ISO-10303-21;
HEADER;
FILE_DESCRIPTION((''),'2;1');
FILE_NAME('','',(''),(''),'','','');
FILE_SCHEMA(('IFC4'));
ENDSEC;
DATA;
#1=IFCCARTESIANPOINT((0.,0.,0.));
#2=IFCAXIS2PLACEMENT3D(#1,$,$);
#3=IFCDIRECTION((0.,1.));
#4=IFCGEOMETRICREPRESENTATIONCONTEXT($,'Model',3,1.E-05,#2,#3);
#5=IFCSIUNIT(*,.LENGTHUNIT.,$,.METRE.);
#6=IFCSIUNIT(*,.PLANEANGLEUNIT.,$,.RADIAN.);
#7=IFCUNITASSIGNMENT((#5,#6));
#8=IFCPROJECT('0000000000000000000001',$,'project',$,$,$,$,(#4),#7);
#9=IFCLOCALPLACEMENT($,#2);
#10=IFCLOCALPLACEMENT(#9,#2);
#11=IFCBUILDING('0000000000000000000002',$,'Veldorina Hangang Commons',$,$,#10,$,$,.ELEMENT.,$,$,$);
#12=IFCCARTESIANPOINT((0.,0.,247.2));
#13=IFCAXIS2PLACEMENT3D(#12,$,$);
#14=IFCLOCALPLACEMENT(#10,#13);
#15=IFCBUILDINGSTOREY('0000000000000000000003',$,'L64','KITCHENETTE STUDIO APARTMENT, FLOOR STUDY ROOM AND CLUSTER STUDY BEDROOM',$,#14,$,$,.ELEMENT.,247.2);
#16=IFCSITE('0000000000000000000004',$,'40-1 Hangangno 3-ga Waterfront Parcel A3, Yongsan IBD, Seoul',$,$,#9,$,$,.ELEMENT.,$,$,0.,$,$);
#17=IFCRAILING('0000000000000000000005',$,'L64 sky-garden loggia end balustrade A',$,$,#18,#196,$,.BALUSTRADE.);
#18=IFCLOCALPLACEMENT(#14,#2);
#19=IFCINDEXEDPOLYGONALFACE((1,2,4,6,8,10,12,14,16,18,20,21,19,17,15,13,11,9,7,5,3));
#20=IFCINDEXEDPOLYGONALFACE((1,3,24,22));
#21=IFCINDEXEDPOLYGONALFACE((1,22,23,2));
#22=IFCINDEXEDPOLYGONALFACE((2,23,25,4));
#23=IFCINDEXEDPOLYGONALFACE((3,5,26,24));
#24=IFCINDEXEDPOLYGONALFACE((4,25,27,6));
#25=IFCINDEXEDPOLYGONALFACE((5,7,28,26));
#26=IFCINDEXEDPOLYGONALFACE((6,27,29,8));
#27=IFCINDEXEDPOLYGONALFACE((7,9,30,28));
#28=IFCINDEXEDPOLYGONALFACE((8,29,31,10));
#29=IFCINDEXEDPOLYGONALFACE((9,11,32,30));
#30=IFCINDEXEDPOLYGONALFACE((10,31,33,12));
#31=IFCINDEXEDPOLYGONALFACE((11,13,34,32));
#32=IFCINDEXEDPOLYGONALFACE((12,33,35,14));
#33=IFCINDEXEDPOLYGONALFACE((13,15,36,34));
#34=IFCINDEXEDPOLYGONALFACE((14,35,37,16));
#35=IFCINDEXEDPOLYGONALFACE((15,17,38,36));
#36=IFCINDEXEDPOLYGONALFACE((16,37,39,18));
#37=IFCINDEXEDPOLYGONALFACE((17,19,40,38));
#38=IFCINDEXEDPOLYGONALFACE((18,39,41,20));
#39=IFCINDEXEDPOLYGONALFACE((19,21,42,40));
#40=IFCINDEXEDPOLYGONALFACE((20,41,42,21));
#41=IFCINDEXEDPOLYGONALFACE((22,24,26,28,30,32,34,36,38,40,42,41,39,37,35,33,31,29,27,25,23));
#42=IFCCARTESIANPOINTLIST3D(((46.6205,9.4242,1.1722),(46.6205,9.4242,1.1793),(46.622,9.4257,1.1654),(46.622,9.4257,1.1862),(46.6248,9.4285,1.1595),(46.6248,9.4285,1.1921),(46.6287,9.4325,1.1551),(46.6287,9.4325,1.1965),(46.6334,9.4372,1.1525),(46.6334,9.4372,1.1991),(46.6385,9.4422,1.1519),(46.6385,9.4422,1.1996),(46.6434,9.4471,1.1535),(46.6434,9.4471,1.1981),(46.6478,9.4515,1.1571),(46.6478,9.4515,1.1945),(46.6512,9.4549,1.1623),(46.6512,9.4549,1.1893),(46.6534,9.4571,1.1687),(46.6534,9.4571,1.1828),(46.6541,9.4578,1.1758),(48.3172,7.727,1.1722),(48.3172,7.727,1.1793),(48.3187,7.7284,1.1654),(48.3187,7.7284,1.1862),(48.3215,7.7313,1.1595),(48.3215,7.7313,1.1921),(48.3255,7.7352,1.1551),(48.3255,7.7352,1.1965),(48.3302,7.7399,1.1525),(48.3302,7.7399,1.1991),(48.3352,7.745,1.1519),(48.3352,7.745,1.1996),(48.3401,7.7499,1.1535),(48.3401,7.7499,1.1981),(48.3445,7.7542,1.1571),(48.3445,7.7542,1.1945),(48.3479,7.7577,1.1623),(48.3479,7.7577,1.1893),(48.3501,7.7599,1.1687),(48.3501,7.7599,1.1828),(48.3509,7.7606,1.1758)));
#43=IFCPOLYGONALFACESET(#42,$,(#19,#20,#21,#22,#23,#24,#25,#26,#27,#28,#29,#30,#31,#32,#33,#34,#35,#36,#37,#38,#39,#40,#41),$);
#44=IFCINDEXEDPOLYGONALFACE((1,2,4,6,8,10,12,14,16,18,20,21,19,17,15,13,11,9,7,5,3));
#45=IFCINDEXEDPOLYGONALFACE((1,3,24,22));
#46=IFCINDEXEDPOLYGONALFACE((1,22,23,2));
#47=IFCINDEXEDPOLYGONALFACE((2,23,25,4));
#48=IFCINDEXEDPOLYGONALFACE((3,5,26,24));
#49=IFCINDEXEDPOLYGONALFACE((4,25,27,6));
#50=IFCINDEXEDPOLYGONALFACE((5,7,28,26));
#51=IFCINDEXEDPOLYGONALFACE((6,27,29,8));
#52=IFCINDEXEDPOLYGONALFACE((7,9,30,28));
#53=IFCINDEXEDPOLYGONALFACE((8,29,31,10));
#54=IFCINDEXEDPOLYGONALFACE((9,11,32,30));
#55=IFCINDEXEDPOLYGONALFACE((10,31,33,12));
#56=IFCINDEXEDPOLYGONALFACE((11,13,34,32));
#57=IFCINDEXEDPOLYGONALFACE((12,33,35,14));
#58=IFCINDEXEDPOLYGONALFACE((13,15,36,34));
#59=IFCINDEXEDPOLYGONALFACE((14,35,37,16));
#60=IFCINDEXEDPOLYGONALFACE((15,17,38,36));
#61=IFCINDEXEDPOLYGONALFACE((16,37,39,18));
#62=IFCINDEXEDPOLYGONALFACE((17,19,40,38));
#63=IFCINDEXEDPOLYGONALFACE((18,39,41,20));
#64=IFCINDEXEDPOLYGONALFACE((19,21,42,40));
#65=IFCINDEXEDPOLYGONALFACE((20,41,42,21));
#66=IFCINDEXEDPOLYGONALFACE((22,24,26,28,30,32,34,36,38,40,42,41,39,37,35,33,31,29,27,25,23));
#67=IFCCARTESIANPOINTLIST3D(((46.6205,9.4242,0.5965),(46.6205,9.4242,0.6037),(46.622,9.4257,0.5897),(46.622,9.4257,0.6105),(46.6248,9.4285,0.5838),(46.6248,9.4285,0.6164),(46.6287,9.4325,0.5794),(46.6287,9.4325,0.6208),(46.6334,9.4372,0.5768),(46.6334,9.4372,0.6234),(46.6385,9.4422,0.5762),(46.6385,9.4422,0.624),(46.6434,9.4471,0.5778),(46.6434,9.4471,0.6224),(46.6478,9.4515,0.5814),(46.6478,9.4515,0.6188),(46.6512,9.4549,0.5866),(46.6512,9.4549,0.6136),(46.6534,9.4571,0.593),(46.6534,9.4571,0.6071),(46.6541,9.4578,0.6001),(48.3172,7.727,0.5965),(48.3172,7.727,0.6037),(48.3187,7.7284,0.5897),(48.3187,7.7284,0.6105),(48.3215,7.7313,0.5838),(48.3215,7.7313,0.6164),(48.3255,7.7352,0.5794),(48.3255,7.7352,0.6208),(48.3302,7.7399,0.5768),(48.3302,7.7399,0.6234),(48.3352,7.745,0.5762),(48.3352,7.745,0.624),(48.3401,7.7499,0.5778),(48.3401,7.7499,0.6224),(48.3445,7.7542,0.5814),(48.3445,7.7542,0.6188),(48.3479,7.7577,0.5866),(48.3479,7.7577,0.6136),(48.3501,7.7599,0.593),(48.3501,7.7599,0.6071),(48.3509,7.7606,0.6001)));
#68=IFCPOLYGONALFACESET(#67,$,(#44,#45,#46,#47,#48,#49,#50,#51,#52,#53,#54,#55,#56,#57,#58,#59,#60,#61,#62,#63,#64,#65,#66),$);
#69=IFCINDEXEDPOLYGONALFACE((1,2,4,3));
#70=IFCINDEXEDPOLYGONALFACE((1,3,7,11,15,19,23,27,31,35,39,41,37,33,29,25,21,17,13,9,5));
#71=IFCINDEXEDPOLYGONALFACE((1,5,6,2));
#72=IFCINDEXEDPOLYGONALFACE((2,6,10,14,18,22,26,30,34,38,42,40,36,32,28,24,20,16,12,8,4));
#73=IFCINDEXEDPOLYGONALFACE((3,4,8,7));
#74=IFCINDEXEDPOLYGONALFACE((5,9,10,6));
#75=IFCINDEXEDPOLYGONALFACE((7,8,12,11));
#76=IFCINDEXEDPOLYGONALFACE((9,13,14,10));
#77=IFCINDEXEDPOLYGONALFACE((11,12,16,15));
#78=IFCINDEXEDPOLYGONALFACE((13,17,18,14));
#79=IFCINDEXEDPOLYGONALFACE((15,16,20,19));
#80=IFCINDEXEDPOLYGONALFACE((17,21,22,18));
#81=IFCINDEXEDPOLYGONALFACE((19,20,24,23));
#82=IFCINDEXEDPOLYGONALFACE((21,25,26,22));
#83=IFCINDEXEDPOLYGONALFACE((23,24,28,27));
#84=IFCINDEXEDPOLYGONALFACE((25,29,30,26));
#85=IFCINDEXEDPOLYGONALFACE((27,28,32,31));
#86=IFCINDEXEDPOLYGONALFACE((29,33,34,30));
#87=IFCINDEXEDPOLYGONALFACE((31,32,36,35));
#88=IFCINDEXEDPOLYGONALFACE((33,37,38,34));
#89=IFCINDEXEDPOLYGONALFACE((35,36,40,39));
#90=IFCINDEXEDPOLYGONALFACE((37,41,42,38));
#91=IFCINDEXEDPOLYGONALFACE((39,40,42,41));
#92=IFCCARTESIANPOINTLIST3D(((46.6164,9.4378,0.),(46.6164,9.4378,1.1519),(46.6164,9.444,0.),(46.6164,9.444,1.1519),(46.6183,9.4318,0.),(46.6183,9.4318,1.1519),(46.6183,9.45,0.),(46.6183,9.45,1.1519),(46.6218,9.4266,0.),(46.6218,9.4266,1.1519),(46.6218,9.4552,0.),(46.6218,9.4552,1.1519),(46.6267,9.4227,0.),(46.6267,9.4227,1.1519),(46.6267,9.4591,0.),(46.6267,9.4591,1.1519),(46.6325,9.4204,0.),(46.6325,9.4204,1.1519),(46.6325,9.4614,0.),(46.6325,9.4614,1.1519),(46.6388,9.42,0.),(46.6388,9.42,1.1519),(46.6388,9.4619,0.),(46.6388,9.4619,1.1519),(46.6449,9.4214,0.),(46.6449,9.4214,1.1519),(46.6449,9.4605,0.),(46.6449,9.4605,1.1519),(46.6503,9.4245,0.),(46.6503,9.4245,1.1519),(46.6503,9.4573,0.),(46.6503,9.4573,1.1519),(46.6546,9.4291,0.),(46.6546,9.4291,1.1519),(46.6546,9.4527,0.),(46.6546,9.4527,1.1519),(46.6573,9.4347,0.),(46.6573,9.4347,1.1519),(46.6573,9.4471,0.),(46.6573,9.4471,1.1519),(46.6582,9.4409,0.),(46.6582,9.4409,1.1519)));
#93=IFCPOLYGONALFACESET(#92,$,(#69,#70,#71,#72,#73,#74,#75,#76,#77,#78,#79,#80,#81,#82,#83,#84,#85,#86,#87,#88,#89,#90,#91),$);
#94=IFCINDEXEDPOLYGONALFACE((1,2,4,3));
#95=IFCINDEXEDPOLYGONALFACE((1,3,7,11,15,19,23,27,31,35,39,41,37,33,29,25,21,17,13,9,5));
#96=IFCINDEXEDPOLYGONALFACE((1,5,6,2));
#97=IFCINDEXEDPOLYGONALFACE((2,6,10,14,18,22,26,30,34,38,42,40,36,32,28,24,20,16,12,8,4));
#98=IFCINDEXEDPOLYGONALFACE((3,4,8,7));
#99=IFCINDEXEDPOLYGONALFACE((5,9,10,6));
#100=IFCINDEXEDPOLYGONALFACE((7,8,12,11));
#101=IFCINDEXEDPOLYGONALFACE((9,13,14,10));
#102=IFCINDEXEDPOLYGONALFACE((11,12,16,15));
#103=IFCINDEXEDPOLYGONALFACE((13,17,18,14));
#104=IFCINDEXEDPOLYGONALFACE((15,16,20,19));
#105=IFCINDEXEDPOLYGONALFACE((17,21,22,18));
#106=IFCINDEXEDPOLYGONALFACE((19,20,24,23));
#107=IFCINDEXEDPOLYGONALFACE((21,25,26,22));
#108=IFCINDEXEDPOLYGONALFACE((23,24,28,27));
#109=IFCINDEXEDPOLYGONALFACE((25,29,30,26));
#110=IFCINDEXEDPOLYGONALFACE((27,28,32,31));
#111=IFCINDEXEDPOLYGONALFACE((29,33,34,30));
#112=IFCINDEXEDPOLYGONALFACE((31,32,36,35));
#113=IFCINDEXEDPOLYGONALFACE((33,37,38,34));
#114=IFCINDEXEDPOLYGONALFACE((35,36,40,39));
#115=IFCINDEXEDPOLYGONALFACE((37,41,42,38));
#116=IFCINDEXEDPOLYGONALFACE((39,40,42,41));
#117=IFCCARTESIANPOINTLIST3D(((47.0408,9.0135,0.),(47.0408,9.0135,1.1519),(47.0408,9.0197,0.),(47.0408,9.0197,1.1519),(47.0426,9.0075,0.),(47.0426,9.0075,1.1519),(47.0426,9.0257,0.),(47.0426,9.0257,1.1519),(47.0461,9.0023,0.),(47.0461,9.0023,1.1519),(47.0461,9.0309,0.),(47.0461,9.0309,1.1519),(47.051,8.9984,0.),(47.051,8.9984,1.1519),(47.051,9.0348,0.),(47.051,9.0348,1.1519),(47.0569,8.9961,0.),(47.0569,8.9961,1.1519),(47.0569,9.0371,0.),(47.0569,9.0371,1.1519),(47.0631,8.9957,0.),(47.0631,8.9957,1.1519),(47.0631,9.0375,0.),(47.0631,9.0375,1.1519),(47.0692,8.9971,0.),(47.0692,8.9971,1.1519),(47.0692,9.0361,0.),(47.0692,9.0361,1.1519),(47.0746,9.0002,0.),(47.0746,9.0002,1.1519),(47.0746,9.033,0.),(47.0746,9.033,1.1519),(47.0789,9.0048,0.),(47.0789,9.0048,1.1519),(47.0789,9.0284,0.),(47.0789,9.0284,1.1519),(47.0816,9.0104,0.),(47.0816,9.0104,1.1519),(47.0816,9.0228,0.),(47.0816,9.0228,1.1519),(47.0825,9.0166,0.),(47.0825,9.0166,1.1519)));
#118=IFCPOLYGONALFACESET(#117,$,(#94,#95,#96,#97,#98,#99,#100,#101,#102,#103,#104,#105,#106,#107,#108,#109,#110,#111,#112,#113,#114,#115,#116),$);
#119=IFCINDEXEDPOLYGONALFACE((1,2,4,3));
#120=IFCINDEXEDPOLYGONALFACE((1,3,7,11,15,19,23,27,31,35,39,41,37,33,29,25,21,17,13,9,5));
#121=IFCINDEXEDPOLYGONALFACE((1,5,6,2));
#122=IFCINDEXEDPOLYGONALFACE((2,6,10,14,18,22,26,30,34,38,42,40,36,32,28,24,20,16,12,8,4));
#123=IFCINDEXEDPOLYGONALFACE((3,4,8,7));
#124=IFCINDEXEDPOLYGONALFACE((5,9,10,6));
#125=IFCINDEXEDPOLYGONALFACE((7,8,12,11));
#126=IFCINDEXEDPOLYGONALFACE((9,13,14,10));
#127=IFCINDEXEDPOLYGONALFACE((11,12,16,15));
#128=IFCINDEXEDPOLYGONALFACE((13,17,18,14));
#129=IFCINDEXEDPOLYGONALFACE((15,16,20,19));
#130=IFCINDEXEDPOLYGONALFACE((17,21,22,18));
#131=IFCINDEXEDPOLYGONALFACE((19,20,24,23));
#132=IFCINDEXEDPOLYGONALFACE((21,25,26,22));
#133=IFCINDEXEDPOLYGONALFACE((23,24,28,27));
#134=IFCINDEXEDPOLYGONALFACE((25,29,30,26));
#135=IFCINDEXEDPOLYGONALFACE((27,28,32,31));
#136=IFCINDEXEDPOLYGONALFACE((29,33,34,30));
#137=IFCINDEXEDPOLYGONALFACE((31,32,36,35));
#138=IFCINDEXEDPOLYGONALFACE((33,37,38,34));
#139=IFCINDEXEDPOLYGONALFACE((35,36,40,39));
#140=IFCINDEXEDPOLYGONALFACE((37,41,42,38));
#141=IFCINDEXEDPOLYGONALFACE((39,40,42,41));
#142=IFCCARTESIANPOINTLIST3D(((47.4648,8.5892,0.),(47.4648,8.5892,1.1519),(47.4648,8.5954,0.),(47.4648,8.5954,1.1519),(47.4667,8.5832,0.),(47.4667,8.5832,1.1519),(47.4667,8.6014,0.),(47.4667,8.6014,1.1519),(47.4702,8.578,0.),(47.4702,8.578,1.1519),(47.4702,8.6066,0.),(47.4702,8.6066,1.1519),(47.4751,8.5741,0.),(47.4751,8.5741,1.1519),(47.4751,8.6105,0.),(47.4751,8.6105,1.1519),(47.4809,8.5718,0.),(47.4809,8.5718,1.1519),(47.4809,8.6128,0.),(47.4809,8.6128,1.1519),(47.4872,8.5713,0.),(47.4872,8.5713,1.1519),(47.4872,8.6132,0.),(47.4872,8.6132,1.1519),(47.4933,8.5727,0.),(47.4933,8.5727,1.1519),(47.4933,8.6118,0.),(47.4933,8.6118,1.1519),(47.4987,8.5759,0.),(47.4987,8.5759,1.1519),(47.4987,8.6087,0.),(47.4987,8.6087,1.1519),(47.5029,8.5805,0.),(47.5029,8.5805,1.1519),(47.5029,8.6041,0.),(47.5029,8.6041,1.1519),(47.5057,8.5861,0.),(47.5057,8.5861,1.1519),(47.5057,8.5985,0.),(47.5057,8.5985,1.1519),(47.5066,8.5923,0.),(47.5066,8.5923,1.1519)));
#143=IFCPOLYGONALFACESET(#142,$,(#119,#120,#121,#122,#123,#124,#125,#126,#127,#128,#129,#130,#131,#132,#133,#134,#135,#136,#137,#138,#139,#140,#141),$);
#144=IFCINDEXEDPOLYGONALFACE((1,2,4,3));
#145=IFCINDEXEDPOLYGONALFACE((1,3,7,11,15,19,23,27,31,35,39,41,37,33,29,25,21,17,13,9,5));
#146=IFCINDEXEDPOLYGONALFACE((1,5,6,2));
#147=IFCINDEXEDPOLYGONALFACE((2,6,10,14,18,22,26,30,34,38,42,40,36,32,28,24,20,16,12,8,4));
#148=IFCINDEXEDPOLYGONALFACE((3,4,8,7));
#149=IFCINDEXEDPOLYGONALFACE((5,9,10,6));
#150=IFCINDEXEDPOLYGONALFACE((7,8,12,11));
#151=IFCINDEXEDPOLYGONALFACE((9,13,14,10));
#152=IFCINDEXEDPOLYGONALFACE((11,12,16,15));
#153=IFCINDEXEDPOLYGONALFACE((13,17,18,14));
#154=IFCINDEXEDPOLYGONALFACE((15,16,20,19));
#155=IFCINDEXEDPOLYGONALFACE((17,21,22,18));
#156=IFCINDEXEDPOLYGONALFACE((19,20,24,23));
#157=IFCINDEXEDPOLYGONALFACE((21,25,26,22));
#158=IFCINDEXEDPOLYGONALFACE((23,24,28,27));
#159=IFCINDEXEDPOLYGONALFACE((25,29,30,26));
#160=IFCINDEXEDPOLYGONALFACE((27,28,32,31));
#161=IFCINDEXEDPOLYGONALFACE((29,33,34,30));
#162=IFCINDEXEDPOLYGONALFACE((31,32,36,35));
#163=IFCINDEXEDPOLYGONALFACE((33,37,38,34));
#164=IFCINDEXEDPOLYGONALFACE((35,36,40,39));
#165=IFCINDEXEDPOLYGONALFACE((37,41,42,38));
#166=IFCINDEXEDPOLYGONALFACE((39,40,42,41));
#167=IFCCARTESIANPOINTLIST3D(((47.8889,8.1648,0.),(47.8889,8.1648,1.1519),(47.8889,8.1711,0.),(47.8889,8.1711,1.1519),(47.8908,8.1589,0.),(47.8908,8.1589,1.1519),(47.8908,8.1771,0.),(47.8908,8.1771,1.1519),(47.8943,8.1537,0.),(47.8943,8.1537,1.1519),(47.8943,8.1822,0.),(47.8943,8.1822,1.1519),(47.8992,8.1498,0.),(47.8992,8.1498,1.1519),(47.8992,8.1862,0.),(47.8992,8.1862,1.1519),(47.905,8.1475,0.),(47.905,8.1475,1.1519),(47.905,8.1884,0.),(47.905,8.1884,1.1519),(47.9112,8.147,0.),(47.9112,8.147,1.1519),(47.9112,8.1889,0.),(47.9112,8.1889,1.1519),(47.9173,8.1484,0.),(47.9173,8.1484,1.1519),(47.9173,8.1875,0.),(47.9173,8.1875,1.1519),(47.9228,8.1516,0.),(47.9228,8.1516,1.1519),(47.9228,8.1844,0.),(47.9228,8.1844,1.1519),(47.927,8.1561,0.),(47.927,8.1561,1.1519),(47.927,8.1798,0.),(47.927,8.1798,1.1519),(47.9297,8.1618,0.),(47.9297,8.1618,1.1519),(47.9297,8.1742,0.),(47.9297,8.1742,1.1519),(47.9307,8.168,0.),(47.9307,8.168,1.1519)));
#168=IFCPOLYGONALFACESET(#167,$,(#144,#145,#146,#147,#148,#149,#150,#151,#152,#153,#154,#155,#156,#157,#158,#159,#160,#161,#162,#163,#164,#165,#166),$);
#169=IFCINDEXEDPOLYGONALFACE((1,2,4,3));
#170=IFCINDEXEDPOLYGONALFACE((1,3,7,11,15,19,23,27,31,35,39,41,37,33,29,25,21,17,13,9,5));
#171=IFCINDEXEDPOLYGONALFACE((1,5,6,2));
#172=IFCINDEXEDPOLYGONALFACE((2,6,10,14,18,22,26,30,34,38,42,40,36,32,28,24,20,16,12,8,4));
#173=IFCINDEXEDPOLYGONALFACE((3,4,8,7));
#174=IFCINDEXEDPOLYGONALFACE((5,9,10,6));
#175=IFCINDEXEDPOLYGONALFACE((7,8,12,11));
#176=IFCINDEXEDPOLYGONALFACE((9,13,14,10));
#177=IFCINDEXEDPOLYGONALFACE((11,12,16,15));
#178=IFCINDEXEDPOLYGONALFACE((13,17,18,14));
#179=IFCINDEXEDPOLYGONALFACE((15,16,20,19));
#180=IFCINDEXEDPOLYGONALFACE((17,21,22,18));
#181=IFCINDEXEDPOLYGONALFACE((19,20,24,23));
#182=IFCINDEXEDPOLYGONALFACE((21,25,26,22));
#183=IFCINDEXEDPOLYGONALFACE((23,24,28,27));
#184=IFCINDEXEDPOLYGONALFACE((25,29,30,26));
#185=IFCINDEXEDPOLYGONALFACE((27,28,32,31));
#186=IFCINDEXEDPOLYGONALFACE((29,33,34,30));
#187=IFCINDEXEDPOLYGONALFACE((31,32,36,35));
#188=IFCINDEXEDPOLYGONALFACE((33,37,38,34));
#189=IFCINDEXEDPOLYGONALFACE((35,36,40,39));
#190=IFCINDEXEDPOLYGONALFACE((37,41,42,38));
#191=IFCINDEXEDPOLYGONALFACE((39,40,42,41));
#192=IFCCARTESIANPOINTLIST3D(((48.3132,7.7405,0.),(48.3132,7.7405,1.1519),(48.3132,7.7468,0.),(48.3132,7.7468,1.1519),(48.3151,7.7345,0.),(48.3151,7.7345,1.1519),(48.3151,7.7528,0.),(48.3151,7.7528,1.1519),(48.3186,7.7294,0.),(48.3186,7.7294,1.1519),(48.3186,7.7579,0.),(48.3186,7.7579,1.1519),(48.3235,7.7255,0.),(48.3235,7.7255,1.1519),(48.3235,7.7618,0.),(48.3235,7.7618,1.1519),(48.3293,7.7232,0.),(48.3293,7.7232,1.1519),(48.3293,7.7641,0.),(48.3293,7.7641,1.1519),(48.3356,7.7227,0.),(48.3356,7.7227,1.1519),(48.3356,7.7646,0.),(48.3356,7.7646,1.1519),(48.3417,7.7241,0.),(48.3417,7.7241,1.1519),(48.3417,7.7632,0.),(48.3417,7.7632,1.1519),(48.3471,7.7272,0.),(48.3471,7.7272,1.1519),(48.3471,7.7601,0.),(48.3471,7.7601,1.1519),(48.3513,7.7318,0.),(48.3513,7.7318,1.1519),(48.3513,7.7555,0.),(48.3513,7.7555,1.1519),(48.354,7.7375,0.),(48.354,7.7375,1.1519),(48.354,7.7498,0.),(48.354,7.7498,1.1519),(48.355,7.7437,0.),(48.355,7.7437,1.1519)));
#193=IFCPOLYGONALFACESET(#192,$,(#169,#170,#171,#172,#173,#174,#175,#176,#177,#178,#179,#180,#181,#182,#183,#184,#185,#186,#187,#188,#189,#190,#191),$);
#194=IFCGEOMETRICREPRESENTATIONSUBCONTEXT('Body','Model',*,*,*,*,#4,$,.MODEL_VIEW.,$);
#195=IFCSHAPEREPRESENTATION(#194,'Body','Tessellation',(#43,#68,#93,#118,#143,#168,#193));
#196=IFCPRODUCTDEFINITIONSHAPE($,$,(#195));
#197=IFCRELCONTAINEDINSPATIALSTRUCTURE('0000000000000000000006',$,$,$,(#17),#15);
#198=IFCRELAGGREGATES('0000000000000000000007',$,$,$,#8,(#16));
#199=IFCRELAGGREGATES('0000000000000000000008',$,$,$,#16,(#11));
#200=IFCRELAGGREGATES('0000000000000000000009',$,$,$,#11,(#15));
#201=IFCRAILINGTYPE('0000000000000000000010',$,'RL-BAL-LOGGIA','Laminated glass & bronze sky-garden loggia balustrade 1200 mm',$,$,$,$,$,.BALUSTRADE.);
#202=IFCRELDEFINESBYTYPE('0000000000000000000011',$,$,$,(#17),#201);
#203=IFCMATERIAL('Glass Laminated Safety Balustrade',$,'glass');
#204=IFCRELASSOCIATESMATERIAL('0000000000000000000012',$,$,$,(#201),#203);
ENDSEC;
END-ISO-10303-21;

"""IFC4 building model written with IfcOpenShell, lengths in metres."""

from ifc_helpers import new_model, si_unit, direction, frame, origin, origin_2d, place, context, subcontext, project, spatial, circle, extrude, material, type_object, element, save


model = new_model("IFC4")

# Units and contexts
model_context = context("Model", 3, precision=1e-05, world=origin(), true_north=direction((0.0, 1.0)))
body_context = subcontext(model_context, "Body", "Model", "MODEL_VIEW")
ifc_project = project(units=[si_unit("LENGTHUNIT", "METRE"), si_unit("PLANEANGLEUNIT", "RADIAN")], contexts=[model_context])

# Site, building, storey
site_placement = place(None, origin())
site = spatial("IfcSite", under=ifc_project, at=site_placement, Name="40-1 Hangangno 3-ga Waterfront Parcel A3, Yongsan IBD, Seoul", CompositionType="ELEMENT", RefElevation=0.0)
building_placement = place(site_placement, origin())
building = spatial("IfcBuilding", under=site, at=building_placement, Name="Veldorina Hangang Commons", CompositionType="ELEMENT")
storey_placement = place(building_placement, frame((0.0, 0.0, 247.2)))
storey = spatial("IfcBuildingStorey", under=building, at=storey_placement, Name="L64", Description="KITCHENETTE STUDIO APARTMENT, FLOOR STUDY ROOM AND CLUSTER STUDY BEDROOM", CompositionType="ELEMENT", Elevation=247.2)

# Railing
ifc_material_1 = material(Name="Glass Laminated Safety Balustrade", Category="glass")
railing_type = type_object("IfcRailingType", Name="RL-BAL-LOGGIA", Description="Laminated glass & bronze sky-garden loggia balustrade 1200 mm", PredefinedType="BALUSTRADE", material=ifc_material_1)
railing_1_placement = place(storey_placement, frame((46.6372, 9.4409, 0.0)))
element("IfcRailing", 1, at=railing_1_placement, inside=storey, type_object=railing_type, Name="L64 sky-garden loggia end balustrade A", PredefinedType="BALUSTRADE", context=body_context, shape_type="SweptSolid", body=[
    extrude(circle(Radius=0.0239, at=origin_2d()), frame((0.0, 0.0, 1.1758), z_axis=(0.707005, -0.707209, 0.0), x_axis=(0.707209, 0.707005, 0.0)), (0.0, 0.0, 1.0), 2.3999),
    extrude(circle(Radius=0.0239, at=origin_2d()), frame((0.0, 0.0, 0.6001), z_axis=(0.707005, -0.707209, 0.0), x_axis=(0.707209, 0.707005, 0.0)), (0.0, 0.0, 1.0), 2.3999),
    extrude(circle(Radius=0.021, at=origin_2d()), origin(), (0.0, 0.0, 1.0), 1.1519),
    extrude(circle(Radius=0.021, at=origin_2d()), frame((0.4243, -0.4243, 0.0)), (0.0, 0.0, 1.0), 1.1519),
    extrude(circle(Radius=0.021, at=origin_2d()), frame((0.8484, -0.8486, 0.0)), (0.0, 0.0, 1.0), 1.1519),
    extrude(circle(Radius=0.021, at=origin_2d()), frame((1.2725, -1.2729, 0.0)), (0.0, 0.0, 1.0), 1.1519),
    extrude(circle(Radius=0.021, at=origin_2d()), frame((1.6968, -1.6973, 0.0)), (0.0, 0.0, 1.0), 1.1519),
])

save(model, "model.ifc")
